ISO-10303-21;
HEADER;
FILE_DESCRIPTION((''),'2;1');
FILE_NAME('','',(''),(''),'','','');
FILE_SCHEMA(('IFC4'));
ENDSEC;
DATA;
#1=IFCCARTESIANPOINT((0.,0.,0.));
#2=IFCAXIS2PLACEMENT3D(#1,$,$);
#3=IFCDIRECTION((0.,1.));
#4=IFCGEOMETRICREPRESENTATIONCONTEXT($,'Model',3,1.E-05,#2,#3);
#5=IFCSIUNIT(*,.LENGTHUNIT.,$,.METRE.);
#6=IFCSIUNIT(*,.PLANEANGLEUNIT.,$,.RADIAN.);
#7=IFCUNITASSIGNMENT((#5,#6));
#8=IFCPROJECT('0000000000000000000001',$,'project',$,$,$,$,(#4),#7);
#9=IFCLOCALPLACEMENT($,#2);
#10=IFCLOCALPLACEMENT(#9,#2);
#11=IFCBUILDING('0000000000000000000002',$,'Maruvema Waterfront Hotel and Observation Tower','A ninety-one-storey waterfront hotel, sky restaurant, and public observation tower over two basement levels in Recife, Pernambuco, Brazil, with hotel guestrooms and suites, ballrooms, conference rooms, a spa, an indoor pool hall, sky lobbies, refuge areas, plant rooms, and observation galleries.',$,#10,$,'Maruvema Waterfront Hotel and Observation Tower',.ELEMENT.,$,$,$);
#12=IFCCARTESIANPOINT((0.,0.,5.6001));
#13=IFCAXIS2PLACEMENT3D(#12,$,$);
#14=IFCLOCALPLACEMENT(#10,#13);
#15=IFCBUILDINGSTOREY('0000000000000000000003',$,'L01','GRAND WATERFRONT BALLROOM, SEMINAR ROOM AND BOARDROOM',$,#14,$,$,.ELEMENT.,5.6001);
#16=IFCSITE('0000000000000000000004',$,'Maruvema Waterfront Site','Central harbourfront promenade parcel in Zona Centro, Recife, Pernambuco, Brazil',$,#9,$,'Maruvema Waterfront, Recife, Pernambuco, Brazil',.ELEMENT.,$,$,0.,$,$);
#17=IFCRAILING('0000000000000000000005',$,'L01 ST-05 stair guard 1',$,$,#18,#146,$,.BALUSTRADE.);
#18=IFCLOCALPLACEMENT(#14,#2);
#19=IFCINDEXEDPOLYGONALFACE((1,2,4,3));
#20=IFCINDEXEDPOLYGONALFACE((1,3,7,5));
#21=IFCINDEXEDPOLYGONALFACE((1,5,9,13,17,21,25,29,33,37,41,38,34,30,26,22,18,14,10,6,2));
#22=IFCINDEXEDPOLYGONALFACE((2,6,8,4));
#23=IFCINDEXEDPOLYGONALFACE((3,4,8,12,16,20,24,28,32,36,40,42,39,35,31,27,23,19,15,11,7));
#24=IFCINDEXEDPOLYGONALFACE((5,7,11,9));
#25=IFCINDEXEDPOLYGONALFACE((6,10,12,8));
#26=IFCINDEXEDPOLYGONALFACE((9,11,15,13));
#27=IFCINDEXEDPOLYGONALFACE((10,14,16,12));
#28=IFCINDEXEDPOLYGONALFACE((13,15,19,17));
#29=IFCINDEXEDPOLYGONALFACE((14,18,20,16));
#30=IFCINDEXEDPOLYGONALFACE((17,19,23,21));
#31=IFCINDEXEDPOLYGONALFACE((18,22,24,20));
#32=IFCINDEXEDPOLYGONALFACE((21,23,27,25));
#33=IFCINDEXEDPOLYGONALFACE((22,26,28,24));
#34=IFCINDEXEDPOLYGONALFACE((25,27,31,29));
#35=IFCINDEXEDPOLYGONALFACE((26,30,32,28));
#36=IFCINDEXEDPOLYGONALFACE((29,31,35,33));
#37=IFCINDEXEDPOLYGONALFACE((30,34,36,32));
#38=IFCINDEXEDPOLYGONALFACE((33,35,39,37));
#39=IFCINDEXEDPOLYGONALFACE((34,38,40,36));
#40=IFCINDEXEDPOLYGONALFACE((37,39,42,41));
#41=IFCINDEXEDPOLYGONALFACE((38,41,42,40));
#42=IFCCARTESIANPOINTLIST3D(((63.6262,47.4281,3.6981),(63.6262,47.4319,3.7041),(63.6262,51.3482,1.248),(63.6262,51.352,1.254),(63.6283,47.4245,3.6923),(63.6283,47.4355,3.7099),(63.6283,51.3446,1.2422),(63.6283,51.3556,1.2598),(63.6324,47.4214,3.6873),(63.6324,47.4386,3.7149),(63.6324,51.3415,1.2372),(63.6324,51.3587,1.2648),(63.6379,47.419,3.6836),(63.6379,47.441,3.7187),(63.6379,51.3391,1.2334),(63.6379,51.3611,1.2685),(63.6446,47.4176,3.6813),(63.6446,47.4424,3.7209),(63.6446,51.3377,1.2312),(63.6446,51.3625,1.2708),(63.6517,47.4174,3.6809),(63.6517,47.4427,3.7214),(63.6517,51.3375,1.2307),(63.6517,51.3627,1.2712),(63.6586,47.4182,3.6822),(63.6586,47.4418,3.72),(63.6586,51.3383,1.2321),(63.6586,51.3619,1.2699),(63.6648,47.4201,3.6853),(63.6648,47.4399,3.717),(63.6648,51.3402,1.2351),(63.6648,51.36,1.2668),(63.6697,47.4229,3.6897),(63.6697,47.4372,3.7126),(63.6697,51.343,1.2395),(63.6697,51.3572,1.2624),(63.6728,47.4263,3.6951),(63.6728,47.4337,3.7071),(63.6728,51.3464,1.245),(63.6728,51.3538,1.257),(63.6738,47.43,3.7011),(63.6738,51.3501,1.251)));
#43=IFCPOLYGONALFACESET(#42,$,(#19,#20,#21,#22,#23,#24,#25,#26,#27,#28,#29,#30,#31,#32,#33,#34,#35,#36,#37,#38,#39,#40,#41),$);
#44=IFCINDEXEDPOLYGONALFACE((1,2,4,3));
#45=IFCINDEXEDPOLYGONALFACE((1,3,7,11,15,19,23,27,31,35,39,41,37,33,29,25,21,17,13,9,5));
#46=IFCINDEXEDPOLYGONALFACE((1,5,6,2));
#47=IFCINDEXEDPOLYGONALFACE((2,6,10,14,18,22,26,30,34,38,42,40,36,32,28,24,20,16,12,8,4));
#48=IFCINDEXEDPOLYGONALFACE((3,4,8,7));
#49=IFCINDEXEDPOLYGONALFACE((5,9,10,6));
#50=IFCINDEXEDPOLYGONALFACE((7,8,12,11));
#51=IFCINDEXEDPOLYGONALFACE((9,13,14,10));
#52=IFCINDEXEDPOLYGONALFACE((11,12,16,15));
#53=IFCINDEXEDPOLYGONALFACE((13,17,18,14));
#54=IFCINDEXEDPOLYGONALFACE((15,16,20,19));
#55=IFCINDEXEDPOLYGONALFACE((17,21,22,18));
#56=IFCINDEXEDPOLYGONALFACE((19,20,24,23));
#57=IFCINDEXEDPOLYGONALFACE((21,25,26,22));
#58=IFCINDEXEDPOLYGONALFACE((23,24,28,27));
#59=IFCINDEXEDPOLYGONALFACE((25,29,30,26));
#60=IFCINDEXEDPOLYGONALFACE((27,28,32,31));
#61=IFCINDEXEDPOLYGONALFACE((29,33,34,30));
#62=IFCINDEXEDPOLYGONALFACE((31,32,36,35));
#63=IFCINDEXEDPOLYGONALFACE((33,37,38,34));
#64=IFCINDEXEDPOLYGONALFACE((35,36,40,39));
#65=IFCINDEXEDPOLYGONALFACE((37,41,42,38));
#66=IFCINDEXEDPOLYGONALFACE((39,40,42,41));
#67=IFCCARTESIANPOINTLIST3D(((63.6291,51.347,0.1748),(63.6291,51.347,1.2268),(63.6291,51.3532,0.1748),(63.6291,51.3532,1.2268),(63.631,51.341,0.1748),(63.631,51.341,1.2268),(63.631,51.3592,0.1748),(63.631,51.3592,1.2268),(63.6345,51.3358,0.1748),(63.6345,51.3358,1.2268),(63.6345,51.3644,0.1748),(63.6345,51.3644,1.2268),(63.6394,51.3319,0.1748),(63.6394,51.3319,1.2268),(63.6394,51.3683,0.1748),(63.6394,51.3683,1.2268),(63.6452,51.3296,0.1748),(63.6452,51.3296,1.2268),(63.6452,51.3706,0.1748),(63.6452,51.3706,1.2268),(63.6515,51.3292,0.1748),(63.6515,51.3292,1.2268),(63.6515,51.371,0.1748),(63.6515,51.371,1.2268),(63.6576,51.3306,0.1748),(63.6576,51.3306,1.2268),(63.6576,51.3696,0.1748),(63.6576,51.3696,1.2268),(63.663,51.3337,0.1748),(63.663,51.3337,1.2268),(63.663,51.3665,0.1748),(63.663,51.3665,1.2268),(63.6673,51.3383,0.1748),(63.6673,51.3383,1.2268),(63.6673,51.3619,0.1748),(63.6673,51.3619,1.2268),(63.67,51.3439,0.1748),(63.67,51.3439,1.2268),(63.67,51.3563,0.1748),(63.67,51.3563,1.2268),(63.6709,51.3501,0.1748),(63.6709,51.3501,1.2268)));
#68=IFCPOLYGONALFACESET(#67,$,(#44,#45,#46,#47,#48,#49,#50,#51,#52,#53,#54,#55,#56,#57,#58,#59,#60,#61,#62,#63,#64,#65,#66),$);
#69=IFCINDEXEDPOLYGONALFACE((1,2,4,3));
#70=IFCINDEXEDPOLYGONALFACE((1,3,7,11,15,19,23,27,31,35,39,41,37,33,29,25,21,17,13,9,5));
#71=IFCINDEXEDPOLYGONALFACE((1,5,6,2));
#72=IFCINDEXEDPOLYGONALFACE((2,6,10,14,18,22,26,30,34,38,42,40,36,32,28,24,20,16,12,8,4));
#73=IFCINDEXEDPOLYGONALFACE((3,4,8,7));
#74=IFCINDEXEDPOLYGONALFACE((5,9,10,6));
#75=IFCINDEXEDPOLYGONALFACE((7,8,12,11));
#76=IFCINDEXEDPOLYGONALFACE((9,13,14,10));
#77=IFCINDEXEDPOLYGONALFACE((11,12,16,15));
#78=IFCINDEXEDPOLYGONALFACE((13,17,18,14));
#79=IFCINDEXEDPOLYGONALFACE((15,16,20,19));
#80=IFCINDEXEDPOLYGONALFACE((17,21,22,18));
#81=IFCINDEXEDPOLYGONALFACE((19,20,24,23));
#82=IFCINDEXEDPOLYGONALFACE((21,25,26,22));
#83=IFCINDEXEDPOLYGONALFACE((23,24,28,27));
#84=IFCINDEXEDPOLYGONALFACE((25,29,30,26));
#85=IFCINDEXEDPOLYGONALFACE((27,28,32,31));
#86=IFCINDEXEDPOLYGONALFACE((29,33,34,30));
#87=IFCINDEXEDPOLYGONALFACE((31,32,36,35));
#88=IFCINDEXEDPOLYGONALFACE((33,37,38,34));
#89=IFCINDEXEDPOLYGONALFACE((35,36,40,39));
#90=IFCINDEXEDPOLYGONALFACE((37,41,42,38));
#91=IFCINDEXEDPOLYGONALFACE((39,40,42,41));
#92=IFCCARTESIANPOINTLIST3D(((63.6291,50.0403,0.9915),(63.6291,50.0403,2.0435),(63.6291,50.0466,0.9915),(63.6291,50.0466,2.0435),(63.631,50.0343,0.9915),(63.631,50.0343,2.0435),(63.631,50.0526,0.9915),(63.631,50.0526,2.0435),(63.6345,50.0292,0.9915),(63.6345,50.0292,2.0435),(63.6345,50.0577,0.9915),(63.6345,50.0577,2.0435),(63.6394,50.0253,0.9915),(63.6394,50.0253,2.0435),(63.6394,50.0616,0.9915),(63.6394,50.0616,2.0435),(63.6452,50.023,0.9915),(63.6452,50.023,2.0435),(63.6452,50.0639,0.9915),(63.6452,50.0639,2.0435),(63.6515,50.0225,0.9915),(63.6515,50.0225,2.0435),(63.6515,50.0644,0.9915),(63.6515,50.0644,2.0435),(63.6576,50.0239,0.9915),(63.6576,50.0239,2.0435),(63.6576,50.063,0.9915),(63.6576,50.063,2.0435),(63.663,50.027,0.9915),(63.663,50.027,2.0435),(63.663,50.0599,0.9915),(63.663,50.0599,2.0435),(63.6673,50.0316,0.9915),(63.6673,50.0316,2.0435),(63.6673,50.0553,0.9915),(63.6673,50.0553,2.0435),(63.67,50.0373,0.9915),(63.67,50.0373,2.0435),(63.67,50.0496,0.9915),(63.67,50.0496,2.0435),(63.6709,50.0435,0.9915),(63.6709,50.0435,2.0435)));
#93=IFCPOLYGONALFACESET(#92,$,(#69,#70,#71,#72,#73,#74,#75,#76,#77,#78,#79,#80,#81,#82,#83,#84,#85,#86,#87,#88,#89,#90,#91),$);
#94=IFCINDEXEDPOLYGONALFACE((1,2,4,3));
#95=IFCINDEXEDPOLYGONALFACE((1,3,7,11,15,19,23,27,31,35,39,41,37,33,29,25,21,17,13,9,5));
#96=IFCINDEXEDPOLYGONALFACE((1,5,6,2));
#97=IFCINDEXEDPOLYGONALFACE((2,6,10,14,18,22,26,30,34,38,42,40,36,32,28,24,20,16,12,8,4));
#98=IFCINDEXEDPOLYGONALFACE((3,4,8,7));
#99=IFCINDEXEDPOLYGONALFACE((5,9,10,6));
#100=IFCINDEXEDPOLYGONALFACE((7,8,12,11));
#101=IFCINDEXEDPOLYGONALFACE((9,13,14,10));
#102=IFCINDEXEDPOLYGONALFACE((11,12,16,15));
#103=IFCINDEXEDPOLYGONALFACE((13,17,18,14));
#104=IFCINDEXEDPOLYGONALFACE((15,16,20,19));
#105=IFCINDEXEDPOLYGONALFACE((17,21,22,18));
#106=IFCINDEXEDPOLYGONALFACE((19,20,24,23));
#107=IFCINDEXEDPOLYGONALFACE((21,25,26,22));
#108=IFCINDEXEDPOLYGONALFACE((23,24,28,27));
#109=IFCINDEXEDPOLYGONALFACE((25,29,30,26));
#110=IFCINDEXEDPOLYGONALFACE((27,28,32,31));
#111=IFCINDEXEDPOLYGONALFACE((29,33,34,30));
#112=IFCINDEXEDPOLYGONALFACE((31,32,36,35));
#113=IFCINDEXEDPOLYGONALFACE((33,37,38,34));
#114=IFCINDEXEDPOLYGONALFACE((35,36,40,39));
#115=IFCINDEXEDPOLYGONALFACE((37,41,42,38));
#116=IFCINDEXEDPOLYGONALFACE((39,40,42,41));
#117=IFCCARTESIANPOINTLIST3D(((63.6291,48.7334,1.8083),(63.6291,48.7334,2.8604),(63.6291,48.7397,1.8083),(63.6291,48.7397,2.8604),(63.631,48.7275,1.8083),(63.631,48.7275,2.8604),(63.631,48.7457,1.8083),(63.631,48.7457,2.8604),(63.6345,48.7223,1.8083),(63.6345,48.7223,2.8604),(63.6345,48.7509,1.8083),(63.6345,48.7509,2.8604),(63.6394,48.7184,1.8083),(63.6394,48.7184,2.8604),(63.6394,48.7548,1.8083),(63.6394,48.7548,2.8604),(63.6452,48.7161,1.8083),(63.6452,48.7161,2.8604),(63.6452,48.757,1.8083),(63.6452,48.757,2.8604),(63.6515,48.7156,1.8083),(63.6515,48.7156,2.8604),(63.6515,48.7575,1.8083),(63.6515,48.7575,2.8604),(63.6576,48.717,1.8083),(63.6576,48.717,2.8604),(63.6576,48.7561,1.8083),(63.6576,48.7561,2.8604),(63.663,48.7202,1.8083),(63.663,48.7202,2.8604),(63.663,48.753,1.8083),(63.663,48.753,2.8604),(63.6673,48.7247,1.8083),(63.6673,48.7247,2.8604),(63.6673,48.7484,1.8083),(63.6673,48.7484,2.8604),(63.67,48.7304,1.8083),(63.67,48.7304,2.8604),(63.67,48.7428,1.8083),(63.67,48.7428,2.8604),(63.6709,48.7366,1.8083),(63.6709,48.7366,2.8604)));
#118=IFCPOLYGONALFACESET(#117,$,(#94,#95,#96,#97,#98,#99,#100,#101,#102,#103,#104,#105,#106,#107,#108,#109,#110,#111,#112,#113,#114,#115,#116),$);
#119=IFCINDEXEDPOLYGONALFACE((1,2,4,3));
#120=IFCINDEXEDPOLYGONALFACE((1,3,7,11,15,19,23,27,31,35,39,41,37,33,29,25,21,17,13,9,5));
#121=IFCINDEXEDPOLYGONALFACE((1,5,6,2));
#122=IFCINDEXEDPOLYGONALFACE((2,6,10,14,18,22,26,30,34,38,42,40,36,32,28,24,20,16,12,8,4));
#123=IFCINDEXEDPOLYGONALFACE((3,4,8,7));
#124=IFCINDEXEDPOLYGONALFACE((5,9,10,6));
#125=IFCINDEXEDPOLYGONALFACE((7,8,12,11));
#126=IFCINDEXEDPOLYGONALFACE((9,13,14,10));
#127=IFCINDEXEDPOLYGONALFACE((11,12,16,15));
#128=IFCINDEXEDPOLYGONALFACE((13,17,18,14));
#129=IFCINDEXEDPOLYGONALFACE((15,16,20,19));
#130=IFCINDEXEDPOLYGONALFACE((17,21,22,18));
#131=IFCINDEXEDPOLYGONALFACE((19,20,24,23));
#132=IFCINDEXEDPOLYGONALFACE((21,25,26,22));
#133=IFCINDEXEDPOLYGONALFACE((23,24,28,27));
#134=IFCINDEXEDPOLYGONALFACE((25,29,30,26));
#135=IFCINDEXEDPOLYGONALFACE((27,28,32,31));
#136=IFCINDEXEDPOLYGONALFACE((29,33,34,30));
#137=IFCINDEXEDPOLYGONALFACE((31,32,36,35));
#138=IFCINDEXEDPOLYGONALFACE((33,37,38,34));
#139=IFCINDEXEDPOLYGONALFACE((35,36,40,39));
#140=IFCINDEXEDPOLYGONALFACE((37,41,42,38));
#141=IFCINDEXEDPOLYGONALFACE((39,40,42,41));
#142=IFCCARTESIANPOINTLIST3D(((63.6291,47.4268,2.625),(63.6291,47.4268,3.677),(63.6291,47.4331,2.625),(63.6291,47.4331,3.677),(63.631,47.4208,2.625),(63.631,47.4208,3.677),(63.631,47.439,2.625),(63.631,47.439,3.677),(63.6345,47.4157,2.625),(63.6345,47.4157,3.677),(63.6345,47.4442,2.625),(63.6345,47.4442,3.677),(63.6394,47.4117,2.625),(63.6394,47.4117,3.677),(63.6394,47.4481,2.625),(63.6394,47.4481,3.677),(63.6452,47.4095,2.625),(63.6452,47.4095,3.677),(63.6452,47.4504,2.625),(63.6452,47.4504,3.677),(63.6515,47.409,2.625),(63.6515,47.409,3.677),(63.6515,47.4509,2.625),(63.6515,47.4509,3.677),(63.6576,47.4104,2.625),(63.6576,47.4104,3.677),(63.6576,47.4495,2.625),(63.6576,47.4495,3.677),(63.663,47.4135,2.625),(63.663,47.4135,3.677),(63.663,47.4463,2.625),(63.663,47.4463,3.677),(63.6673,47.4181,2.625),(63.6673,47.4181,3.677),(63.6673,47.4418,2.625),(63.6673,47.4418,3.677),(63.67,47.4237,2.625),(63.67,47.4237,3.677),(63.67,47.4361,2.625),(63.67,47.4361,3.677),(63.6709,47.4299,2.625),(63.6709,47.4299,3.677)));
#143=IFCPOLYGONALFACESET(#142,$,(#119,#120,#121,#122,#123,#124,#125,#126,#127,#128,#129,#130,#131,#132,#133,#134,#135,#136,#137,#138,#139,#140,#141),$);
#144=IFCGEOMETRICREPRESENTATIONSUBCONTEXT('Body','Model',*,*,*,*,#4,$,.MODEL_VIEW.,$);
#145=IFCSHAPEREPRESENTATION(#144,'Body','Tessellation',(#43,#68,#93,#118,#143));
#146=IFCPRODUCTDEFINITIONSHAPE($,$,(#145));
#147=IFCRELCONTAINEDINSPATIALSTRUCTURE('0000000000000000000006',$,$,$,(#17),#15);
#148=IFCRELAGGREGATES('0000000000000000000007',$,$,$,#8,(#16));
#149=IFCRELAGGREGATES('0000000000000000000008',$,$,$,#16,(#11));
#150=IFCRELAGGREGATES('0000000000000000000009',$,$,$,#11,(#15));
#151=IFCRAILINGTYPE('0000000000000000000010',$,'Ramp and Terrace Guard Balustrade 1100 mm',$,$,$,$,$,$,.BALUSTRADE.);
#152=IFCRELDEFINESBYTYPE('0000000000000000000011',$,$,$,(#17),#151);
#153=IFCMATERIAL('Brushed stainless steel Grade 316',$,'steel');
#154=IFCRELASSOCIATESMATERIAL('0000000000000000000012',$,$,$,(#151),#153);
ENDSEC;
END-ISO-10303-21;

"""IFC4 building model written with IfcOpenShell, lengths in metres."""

from ifc_helpers import new_model, si_unit, direction, frame, origin, origin_2d, place, context, subcontext, project, spatial, circle, extrude, material, type_object, element, save


model = new_model("IFC4")

# Units and contexts
model_context = context("Model", 3, precision=1e-05, world=origin(), true_north=direction((0.0, 1.0)))
body_context = subcontext(model_context, "Body", "Model", "MODEL_VIEW")
ifc_project = project(units=[si_unit("LENGTHUNIT", "METRE"), si_unit("PLANEANGLEUNIT", "RADIAN")], contexts=[model_context])

# Site, building, storey
site_placement = place(None, origin())
site = spatial("IfcSite", under=ifc_project, at=site_placement, Name="Maruvema Waterfront Site", Description="Central harbourfront promenade parcel in Zona Centro, Recife, Pernambuco, Brazil", LongName="Maruvema Waterfront, Recife, Pernambuco, Brazil", CompositionType="ELEMENT", RefElevation=0.0)
building_placement = place(site_placement, origin())
building = spatial("IfcBuilding", under=site, at=building_placement, Name="Maruvema Waterfront Hotel and Observation Tower", Description="A ninety-one-storey waterfront hotel, sky restaurant, and public observation tower over two basement levels in Recife, Pernambuco, Brazil, with hotel guestrooms and suites, ballrooms, conference rooms, a spa, an indoor pool hall, sky lobbies, refuge areas, plant rooms, and observation galleries.", LongName="Maruvema Waterfront Hotel and Observation Tower", CompositionType="ELEMENT")
storey_placement = place(building_placement, frame((0.0, 0.0, 5.6001)))
storey = spatial("IfcBuildingStorey", under=building, at=storey_placement, Name="L01", Description="GRAND WATERFRONT BALLROOM, SEMINAR ROOM AND BOARDROOM", CompositionType="ELEMENT", Elevation=5.6001)

# Railing
ifc_material_1 = material(Name="Brushed stainless steel Grade 316", Category="steel")
railing_type_1 = type_object("IfcRailingType", Name="Ramp and Terrace Guard Balustrade 1100 mm", PredefinedType="BALUSTRADE", material=ifc_material_1)
railing_1_placement = place(storey_placement, frame((63.6499, 51.3501, 0.1748)))
element("IfcRailing", 1, at=railing_1_placement, inside=storey, type_object=railing_type_1, Name="L01 ST-05 stair guard 1", PredefinedType="BALUSTRADE", context=body_context, shape_type="SweptSolid", body=[
    extrude(circle(Radius=0.0239, at=origin_2d()), frame((0.0, 0.0, 1.0762), z_axis=(0.0, -0.847989, 0.530013), x_axis=(1.0, 0.0, 0.0)), (0.0, 0.0, 1.0), 4.6228),
    extrude(circle(Radius=0.021, at=origin_2d()), origin(), (0.0, 0.0, 1.0), 1.052),
    extrude(circle(Radius=0.021, at=origin_2d()), frame((0.0, -1.3066, 0.8167)), (0.0, 0.0, 1.0), 1.052),
    extrude(circle(Radius=0.021, at=origin_2d()), frame((0.0, -2.6135, 1.6335)), (0.0, 0.0, 1.0), 1.052),
    extrude(circle(Radius=0.021, at=origin_2d()), frame((0.0, -3.9202, 2.4502)), (0.0, 0.0, 1.0), 1.052),
])

save(model, "model.ifc")
